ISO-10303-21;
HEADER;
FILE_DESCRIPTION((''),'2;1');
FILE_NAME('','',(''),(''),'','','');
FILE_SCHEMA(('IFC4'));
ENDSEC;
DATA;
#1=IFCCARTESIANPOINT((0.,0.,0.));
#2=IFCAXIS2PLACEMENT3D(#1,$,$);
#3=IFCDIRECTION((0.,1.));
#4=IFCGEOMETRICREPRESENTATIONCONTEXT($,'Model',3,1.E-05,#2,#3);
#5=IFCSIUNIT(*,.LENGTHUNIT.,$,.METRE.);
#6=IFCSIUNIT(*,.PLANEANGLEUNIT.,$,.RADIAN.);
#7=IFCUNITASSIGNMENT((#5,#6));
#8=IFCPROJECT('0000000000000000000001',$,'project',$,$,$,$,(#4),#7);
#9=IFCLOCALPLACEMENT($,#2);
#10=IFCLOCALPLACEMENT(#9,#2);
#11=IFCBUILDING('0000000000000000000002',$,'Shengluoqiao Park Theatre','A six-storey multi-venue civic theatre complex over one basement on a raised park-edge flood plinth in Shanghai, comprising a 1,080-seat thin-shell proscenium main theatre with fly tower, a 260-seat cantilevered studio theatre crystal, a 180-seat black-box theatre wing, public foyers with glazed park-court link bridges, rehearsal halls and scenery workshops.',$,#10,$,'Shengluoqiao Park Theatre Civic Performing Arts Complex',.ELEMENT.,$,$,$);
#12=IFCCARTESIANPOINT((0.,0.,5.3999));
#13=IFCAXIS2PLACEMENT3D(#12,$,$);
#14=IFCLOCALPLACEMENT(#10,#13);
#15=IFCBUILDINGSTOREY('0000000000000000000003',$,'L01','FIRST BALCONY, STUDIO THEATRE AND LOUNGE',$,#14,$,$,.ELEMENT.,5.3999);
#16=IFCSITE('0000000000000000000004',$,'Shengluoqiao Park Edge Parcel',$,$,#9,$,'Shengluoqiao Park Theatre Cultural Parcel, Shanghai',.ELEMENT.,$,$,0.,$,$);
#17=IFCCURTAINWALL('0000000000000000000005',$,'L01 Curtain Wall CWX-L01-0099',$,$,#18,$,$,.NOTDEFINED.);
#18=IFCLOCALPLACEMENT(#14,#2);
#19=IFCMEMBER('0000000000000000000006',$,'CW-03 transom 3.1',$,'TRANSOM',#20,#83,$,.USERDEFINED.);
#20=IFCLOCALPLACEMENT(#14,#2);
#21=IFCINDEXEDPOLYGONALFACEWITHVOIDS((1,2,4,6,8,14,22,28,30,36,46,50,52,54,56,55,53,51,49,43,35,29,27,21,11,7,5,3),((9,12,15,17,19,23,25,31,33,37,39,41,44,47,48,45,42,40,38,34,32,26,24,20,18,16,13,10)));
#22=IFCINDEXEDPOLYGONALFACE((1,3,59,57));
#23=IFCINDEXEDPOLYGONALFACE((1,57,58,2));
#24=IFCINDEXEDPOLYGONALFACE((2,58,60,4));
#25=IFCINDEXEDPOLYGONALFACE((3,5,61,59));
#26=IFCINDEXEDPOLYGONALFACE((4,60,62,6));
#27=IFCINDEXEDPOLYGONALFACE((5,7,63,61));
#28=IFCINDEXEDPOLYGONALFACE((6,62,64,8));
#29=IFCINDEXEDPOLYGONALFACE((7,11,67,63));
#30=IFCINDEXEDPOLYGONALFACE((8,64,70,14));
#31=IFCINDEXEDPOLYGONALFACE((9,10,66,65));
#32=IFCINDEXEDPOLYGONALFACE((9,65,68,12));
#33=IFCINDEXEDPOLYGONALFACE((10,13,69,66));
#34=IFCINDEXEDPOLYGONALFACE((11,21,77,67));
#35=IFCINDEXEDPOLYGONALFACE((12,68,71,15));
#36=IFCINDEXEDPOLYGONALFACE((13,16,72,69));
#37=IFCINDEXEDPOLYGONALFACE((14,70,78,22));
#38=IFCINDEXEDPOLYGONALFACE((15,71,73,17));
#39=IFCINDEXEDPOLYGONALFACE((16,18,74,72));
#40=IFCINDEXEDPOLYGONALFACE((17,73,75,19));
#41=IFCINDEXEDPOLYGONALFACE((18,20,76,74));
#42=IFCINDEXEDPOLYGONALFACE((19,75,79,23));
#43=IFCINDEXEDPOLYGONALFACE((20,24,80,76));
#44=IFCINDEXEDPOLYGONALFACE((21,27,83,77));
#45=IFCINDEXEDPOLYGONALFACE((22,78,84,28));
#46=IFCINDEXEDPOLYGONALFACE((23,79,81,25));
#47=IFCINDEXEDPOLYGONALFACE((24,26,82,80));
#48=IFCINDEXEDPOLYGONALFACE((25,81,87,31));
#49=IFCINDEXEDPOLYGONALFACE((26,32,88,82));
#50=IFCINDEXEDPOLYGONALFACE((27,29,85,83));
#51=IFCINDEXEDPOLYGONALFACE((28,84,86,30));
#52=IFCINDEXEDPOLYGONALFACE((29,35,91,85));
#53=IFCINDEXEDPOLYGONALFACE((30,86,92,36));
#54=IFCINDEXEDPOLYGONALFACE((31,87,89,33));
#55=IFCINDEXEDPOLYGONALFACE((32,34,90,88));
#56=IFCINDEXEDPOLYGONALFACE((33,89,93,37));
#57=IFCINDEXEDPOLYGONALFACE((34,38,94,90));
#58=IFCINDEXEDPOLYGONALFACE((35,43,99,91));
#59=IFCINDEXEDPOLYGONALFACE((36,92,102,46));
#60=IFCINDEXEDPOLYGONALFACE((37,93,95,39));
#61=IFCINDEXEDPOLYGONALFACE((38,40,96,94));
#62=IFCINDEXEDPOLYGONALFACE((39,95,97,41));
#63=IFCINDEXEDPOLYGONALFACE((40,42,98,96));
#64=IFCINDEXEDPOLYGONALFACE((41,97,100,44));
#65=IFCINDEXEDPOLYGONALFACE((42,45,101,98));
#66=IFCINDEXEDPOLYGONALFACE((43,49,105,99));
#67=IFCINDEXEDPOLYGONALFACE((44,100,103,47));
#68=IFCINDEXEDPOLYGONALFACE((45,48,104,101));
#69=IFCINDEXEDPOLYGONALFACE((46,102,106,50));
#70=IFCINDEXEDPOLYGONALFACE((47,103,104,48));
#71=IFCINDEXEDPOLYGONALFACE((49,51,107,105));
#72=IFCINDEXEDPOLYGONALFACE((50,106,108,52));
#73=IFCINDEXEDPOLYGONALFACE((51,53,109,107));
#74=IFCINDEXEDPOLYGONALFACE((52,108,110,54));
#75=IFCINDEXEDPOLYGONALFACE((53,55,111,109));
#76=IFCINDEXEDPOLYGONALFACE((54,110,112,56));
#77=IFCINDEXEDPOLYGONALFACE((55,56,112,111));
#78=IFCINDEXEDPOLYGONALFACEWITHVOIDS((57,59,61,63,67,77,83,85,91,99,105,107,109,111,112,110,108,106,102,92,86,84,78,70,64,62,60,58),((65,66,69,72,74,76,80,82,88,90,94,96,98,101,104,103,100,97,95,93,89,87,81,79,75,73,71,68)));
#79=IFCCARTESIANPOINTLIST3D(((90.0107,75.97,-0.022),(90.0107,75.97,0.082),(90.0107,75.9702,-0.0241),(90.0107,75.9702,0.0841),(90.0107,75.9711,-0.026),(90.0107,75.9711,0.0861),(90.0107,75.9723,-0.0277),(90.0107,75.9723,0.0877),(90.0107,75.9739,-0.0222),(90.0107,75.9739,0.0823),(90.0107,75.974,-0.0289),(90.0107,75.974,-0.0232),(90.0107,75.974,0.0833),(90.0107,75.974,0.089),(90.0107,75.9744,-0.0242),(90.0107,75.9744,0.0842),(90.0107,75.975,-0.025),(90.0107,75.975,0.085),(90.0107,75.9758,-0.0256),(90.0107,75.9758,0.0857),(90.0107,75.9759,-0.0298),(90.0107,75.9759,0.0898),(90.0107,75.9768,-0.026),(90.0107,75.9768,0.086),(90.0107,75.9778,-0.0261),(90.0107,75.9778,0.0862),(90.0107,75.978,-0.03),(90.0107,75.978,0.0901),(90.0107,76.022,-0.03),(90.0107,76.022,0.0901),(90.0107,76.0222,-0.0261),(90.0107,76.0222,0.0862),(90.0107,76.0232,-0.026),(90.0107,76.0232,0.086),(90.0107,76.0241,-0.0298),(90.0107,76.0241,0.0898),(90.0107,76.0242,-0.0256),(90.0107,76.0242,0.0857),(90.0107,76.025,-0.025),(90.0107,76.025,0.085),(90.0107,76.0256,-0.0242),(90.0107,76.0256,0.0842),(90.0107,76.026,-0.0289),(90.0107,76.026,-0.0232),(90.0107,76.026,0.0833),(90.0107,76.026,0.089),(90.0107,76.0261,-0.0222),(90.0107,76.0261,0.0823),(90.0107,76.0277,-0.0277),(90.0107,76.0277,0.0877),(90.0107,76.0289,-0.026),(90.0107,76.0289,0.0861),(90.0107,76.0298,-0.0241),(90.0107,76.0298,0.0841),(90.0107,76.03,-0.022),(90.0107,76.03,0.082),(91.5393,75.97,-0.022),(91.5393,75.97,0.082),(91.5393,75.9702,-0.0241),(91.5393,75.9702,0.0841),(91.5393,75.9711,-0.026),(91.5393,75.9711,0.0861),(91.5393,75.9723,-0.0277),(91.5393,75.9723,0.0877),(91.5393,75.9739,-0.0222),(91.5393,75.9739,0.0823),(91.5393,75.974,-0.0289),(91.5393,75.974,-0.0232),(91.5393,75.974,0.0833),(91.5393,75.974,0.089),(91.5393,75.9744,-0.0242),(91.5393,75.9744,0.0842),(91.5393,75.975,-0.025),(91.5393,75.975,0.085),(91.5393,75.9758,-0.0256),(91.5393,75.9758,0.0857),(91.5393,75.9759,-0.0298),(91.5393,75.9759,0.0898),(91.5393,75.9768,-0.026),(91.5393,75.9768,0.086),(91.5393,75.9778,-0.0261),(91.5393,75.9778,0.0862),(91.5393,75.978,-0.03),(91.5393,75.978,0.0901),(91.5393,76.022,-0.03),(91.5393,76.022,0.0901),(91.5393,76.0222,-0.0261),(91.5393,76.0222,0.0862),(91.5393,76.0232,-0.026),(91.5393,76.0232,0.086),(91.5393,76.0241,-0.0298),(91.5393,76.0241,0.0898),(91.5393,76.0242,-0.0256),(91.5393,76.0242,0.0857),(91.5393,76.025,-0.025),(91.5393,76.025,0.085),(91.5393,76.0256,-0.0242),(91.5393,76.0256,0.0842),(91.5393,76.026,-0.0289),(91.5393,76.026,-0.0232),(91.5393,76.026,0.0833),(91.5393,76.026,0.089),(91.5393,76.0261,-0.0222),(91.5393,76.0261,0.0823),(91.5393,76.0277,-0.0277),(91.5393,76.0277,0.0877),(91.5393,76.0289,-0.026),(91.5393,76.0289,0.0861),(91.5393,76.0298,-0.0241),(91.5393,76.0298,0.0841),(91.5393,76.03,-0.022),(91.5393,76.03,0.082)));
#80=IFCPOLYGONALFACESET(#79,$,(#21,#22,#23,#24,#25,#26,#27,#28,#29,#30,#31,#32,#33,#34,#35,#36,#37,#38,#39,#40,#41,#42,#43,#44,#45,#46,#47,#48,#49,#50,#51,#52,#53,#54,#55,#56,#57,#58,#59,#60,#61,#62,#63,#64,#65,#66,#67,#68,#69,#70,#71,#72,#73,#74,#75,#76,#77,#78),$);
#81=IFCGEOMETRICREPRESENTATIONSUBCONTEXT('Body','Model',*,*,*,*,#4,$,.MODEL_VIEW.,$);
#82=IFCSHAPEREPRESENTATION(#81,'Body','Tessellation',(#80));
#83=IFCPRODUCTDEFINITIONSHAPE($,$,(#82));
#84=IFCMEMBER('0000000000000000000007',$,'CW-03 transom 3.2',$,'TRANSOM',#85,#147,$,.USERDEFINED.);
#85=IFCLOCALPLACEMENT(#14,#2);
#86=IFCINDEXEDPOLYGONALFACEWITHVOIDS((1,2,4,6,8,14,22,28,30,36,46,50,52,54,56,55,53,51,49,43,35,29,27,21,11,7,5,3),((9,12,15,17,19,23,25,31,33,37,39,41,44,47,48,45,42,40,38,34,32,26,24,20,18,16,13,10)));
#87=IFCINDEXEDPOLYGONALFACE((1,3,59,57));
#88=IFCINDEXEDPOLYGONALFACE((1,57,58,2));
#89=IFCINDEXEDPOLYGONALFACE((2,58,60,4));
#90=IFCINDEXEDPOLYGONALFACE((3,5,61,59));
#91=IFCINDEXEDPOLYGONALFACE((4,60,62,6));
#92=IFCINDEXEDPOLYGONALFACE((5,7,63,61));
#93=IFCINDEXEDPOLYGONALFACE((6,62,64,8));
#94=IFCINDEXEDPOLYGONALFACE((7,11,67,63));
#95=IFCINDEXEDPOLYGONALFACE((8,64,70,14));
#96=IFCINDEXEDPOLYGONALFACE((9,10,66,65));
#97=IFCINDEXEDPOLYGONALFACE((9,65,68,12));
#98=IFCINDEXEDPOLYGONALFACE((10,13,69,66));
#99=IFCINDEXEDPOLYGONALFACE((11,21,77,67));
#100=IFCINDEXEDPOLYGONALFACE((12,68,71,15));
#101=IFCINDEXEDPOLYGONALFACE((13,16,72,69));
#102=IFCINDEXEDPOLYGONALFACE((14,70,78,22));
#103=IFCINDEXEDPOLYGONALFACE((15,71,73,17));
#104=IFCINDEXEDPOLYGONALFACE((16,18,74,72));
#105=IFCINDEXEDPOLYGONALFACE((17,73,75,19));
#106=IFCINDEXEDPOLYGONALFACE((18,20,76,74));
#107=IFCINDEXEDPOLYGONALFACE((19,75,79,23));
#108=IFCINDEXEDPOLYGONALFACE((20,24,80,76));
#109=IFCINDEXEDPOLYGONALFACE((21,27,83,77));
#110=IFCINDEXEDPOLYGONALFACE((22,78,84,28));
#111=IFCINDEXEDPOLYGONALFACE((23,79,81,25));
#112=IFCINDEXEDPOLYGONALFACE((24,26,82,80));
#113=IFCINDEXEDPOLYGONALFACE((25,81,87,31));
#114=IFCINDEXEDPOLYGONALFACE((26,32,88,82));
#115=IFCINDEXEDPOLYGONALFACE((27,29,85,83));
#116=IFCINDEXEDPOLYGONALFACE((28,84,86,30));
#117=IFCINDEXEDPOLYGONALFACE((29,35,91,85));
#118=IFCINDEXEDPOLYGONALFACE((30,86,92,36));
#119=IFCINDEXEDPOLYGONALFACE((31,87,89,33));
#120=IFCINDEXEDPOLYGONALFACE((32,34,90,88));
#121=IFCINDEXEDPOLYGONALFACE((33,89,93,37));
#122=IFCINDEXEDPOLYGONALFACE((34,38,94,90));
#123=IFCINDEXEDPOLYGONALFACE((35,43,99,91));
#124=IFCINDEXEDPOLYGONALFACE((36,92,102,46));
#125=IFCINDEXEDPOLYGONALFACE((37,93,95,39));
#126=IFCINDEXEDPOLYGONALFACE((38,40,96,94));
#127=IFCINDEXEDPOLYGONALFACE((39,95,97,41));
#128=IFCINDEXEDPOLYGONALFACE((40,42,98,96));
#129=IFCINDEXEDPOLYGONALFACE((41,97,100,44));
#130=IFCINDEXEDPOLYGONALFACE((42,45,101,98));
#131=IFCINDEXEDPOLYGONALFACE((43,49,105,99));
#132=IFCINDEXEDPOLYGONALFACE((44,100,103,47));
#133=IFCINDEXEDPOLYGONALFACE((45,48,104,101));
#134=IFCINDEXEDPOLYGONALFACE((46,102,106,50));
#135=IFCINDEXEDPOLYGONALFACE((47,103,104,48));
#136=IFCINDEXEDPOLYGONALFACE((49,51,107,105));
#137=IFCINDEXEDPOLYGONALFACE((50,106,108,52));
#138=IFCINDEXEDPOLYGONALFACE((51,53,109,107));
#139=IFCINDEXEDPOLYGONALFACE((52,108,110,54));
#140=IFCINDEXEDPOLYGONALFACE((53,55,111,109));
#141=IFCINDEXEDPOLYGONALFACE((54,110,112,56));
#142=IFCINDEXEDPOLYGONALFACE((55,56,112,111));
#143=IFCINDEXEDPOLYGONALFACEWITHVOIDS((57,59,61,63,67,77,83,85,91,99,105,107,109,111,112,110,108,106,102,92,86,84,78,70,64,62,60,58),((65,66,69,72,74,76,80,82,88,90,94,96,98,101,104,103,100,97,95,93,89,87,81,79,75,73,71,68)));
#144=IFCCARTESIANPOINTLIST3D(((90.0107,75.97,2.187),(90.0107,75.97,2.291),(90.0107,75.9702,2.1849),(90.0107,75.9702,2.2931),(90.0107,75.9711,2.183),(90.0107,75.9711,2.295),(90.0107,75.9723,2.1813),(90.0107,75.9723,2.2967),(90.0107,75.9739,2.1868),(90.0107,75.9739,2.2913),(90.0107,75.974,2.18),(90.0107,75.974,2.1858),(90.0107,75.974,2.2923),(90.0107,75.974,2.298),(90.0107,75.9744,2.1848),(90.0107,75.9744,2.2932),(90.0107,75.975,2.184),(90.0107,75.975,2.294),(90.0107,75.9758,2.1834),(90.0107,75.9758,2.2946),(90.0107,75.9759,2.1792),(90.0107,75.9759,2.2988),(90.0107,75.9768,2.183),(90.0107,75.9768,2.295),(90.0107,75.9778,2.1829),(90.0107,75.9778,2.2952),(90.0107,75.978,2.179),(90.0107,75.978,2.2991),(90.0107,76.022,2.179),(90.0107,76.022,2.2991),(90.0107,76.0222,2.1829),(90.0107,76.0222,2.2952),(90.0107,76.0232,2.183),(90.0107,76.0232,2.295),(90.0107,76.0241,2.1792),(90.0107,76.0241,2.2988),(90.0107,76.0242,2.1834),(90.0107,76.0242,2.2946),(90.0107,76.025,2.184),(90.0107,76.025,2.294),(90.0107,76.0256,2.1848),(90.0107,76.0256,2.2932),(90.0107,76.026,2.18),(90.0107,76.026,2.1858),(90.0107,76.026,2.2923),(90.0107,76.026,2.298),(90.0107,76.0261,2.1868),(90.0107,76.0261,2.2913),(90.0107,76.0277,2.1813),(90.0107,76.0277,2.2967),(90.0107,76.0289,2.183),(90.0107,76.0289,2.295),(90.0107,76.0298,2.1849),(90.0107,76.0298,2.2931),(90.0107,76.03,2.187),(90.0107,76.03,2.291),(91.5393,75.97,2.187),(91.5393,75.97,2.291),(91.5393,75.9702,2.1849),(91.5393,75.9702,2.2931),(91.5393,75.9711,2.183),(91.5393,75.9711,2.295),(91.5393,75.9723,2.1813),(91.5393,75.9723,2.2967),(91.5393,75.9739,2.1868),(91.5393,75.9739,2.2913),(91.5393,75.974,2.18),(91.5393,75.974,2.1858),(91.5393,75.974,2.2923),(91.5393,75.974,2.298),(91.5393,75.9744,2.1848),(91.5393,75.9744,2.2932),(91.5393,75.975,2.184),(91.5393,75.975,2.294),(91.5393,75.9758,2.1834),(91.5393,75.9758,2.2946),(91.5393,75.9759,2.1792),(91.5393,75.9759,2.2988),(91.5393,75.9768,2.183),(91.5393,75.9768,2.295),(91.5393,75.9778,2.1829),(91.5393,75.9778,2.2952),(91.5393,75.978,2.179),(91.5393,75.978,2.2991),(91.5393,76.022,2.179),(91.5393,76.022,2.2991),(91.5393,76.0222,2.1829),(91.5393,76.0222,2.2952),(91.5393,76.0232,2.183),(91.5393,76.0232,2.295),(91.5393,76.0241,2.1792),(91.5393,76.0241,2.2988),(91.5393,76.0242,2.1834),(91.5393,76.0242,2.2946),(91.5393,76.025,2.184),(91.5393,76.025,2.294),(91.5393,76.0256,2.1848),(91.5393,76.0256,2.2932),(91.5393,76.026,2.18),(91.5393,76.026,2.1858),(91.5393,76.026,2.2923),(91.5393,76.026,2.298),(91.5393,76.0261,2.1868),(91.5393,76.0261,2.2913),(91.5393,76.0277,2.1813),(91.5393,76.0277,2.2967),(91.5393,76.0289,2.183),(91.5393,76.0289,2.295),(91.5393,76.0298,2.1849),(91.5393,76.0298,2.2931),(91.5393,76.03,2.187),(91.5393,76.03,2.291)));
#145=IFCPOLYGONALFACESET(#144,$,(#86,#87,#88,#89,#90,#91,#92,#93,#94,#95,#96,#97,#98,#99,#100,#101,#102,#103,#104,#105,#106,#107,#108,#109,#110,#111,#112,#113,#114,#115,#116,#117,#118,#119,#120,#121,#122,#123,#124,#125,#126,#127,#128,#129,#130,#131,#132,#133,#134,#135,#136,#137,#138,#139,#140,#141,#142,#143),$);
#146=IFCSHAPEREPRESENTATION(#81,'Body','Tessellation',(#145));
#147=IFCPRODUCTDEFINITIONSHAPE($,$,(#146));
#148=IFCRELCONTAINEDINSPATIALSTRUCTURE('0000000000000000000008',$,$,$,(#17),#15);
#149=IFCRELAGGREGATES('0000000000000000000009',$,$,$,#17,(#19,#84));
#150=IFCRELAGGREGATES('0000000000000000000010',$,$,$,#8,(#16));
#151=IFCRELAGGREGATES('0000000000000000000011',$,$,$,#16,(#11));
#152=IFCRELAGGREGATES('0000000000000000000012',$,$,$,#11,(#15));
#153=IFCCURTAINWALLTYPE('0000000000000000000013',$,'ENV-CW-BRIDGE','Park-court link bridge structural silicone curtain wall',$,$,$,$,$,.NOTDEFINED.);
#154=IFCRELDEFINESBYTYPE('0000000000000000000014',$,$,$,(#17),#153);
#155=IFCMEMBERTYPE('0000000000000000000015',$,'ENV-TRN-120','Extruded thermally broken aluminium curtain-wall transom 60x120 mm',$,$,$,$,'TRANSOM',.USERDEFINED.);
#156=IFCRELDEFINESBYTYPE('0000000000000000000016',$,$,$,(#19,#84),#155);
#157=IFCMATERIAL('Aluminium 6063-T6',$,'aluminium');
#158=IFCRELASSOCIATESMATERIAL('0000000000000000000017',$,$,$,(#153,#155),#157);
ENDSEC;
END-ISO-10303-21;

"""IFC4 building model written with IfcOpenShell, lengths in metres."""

from ifc_helpers import new_model, si_unit, direction, frame, origin, origin_2d, place, context, subcontext, project, spatial, hollow_rectangle, extrude, material, material_profile, profile_set, type_object, element, aggregate, save


model = new_model("IFC4")

# Units and contexts
model_context = context("Model", 3, precision=1e-05, world=origin(), true_north=direction((0.0, 1.0)))
body_context = subcontext(model_context, "Body", "Model", "MODEL_VIEW")
ifc_project = project(units=[si_unit("LENGTHUNIT", "METRE"), si_unit("PLANEANGLEUNIT", "RADIAN")], contexts=[model_context])

# Site, building, storey
site_placement = place(None, origin())
site = spatial("IfcSite", under=ifc_project, at=site_placement, Name="Shengluoqiao Park Edge Parcel", LongName="Shengluoqiao Park Theatre Cultural Parcel, Shanghai", CompositionType="ELEMENT", RefElevation=0.0)
building_placement = place(site_placement, origin())
building = spatial("IfcBuilding", under=site, at=building_placement, Name="Shengluoqiao Park Theatre", Description="A six-storey multi-venue civic theatre complex over one basement on a raised park-edge flood plinth in Shanghai, comprising a 1,080-seat thin-shell proscenium main theatre with fly tower, a 260-seat cantilevered studio theatre crystal, a 180-seat black-box theatre wing, public foyers with glazed park-court link bridges, rehearsal halls and scenery workshops.", LongName="Shengluoqiao Park Theatre Civic Performing Arts Complex", CompositionType="ELEMENT")
storey_placement = place(building_placement, frame((0.0, 0.0, 5.3999)))
storey = spatial("IfcBuildingStorey", under=building, at=storey_placement, Name="L01", Description="FIRST BALCONY, STUDIO THEATRE AND LOUNGE", CompositionType="ELEMENT", Elevation=5.3999)

# Curtain wall, members
ifc_material_1 = material(Name="Aluminium 6063-T6", Category="aluminium")
curtain_wall_type = type_object("IfcCurtainWallType", Name="ENV-CW-BRIDGE", Description="Park-court link bridge structural silicone curtain wall", PredefinedType="NOTDEFINED", material=ifc_material_1)
curtain_wall_placement = place(storey_placement, origin())
curtain_wall = element("IfcCurtainWall", 1, at=curtain_wall_placement, inside=storey, type_object=curtain_wall_type, Name="L01 Curtain Wall CWX-L01-0099", PredefinedType="NOTDEFINED")
ifc_material_profile_1 = material_profile(ifc_material_1, hollow_rectangle(XDim=0.0601, YDim=0.1201, WallThickness=0.0039, InnerFilletRadius=0.0039, OuterFilletRadius=0.0081, at=origin_2d()), Name="ALU TRANSOM 120x60x4")
ifc_profile_set_1 = profile_set([ifc_material_profile_1], Name="Aluminium 6063-T6")
member_type_1 = type_object("IfcMemberType", Name="ENV-TRN-120", Description="Extruded thermally broken aluminium curtain-wall transom 60x120 mm", ElementType="TRANSOM", PredefinedType="USERDEFINED", material=ifc_profile_set_1)
member_1_placement = place(storey_placement, frame((90.0107, 76.0, 0.03), z_axis=(1.0, 0.0, 0.0), x_axis=(0.0, 1.0, 0.0)))
member_1 = element("IfcMember", 2, at=member_1_placement, type_object=member_type_1, Name="CW-03 transom 3.1", ObjectType="TRANSOM", PredefinedType="USERDEFINED", context=body_context, shape_type="SweptSolid", body=[
    extrude(hollow_rectangle(XDim=0.0601, YDim=0.1201, WallThickness=0.0039, InnerFilletRadius=0.0039, OuterFilletRadius=0.0081, at=origin_2d()), origin(), (0.0, 0.0, 1.0), 1.5286),
])
member_2_placement = place(storey_placement, frame((90.0107, 76.0, 2.239), z_axis=(1.0, 0.0, 0.0), x_axis=(0.0, 1.0, 0.0)))
member_2 = element("IfcMember", 3, at=member_2_placement, type_object=member_type_1, Name="CW-03 transom 3.2", ObjectType="TRANSOM", PredefinedType="USERDEFINED", context=body_context, shape_type="SweptSolid", body=[
    extrude(hollow_rectangle(XDim=0.0601, YDim=0.1201, WallThickness=0.0039, InnerFilletRadius=0.0039, OuterFilletRadius=0.0081, at=origin_2d()), origin(), (0.0, 0.0, 1.0), 1.5286),
])

aggregate(curtain_wall, [member_1, member_2])

save(model, "model.ifc")
